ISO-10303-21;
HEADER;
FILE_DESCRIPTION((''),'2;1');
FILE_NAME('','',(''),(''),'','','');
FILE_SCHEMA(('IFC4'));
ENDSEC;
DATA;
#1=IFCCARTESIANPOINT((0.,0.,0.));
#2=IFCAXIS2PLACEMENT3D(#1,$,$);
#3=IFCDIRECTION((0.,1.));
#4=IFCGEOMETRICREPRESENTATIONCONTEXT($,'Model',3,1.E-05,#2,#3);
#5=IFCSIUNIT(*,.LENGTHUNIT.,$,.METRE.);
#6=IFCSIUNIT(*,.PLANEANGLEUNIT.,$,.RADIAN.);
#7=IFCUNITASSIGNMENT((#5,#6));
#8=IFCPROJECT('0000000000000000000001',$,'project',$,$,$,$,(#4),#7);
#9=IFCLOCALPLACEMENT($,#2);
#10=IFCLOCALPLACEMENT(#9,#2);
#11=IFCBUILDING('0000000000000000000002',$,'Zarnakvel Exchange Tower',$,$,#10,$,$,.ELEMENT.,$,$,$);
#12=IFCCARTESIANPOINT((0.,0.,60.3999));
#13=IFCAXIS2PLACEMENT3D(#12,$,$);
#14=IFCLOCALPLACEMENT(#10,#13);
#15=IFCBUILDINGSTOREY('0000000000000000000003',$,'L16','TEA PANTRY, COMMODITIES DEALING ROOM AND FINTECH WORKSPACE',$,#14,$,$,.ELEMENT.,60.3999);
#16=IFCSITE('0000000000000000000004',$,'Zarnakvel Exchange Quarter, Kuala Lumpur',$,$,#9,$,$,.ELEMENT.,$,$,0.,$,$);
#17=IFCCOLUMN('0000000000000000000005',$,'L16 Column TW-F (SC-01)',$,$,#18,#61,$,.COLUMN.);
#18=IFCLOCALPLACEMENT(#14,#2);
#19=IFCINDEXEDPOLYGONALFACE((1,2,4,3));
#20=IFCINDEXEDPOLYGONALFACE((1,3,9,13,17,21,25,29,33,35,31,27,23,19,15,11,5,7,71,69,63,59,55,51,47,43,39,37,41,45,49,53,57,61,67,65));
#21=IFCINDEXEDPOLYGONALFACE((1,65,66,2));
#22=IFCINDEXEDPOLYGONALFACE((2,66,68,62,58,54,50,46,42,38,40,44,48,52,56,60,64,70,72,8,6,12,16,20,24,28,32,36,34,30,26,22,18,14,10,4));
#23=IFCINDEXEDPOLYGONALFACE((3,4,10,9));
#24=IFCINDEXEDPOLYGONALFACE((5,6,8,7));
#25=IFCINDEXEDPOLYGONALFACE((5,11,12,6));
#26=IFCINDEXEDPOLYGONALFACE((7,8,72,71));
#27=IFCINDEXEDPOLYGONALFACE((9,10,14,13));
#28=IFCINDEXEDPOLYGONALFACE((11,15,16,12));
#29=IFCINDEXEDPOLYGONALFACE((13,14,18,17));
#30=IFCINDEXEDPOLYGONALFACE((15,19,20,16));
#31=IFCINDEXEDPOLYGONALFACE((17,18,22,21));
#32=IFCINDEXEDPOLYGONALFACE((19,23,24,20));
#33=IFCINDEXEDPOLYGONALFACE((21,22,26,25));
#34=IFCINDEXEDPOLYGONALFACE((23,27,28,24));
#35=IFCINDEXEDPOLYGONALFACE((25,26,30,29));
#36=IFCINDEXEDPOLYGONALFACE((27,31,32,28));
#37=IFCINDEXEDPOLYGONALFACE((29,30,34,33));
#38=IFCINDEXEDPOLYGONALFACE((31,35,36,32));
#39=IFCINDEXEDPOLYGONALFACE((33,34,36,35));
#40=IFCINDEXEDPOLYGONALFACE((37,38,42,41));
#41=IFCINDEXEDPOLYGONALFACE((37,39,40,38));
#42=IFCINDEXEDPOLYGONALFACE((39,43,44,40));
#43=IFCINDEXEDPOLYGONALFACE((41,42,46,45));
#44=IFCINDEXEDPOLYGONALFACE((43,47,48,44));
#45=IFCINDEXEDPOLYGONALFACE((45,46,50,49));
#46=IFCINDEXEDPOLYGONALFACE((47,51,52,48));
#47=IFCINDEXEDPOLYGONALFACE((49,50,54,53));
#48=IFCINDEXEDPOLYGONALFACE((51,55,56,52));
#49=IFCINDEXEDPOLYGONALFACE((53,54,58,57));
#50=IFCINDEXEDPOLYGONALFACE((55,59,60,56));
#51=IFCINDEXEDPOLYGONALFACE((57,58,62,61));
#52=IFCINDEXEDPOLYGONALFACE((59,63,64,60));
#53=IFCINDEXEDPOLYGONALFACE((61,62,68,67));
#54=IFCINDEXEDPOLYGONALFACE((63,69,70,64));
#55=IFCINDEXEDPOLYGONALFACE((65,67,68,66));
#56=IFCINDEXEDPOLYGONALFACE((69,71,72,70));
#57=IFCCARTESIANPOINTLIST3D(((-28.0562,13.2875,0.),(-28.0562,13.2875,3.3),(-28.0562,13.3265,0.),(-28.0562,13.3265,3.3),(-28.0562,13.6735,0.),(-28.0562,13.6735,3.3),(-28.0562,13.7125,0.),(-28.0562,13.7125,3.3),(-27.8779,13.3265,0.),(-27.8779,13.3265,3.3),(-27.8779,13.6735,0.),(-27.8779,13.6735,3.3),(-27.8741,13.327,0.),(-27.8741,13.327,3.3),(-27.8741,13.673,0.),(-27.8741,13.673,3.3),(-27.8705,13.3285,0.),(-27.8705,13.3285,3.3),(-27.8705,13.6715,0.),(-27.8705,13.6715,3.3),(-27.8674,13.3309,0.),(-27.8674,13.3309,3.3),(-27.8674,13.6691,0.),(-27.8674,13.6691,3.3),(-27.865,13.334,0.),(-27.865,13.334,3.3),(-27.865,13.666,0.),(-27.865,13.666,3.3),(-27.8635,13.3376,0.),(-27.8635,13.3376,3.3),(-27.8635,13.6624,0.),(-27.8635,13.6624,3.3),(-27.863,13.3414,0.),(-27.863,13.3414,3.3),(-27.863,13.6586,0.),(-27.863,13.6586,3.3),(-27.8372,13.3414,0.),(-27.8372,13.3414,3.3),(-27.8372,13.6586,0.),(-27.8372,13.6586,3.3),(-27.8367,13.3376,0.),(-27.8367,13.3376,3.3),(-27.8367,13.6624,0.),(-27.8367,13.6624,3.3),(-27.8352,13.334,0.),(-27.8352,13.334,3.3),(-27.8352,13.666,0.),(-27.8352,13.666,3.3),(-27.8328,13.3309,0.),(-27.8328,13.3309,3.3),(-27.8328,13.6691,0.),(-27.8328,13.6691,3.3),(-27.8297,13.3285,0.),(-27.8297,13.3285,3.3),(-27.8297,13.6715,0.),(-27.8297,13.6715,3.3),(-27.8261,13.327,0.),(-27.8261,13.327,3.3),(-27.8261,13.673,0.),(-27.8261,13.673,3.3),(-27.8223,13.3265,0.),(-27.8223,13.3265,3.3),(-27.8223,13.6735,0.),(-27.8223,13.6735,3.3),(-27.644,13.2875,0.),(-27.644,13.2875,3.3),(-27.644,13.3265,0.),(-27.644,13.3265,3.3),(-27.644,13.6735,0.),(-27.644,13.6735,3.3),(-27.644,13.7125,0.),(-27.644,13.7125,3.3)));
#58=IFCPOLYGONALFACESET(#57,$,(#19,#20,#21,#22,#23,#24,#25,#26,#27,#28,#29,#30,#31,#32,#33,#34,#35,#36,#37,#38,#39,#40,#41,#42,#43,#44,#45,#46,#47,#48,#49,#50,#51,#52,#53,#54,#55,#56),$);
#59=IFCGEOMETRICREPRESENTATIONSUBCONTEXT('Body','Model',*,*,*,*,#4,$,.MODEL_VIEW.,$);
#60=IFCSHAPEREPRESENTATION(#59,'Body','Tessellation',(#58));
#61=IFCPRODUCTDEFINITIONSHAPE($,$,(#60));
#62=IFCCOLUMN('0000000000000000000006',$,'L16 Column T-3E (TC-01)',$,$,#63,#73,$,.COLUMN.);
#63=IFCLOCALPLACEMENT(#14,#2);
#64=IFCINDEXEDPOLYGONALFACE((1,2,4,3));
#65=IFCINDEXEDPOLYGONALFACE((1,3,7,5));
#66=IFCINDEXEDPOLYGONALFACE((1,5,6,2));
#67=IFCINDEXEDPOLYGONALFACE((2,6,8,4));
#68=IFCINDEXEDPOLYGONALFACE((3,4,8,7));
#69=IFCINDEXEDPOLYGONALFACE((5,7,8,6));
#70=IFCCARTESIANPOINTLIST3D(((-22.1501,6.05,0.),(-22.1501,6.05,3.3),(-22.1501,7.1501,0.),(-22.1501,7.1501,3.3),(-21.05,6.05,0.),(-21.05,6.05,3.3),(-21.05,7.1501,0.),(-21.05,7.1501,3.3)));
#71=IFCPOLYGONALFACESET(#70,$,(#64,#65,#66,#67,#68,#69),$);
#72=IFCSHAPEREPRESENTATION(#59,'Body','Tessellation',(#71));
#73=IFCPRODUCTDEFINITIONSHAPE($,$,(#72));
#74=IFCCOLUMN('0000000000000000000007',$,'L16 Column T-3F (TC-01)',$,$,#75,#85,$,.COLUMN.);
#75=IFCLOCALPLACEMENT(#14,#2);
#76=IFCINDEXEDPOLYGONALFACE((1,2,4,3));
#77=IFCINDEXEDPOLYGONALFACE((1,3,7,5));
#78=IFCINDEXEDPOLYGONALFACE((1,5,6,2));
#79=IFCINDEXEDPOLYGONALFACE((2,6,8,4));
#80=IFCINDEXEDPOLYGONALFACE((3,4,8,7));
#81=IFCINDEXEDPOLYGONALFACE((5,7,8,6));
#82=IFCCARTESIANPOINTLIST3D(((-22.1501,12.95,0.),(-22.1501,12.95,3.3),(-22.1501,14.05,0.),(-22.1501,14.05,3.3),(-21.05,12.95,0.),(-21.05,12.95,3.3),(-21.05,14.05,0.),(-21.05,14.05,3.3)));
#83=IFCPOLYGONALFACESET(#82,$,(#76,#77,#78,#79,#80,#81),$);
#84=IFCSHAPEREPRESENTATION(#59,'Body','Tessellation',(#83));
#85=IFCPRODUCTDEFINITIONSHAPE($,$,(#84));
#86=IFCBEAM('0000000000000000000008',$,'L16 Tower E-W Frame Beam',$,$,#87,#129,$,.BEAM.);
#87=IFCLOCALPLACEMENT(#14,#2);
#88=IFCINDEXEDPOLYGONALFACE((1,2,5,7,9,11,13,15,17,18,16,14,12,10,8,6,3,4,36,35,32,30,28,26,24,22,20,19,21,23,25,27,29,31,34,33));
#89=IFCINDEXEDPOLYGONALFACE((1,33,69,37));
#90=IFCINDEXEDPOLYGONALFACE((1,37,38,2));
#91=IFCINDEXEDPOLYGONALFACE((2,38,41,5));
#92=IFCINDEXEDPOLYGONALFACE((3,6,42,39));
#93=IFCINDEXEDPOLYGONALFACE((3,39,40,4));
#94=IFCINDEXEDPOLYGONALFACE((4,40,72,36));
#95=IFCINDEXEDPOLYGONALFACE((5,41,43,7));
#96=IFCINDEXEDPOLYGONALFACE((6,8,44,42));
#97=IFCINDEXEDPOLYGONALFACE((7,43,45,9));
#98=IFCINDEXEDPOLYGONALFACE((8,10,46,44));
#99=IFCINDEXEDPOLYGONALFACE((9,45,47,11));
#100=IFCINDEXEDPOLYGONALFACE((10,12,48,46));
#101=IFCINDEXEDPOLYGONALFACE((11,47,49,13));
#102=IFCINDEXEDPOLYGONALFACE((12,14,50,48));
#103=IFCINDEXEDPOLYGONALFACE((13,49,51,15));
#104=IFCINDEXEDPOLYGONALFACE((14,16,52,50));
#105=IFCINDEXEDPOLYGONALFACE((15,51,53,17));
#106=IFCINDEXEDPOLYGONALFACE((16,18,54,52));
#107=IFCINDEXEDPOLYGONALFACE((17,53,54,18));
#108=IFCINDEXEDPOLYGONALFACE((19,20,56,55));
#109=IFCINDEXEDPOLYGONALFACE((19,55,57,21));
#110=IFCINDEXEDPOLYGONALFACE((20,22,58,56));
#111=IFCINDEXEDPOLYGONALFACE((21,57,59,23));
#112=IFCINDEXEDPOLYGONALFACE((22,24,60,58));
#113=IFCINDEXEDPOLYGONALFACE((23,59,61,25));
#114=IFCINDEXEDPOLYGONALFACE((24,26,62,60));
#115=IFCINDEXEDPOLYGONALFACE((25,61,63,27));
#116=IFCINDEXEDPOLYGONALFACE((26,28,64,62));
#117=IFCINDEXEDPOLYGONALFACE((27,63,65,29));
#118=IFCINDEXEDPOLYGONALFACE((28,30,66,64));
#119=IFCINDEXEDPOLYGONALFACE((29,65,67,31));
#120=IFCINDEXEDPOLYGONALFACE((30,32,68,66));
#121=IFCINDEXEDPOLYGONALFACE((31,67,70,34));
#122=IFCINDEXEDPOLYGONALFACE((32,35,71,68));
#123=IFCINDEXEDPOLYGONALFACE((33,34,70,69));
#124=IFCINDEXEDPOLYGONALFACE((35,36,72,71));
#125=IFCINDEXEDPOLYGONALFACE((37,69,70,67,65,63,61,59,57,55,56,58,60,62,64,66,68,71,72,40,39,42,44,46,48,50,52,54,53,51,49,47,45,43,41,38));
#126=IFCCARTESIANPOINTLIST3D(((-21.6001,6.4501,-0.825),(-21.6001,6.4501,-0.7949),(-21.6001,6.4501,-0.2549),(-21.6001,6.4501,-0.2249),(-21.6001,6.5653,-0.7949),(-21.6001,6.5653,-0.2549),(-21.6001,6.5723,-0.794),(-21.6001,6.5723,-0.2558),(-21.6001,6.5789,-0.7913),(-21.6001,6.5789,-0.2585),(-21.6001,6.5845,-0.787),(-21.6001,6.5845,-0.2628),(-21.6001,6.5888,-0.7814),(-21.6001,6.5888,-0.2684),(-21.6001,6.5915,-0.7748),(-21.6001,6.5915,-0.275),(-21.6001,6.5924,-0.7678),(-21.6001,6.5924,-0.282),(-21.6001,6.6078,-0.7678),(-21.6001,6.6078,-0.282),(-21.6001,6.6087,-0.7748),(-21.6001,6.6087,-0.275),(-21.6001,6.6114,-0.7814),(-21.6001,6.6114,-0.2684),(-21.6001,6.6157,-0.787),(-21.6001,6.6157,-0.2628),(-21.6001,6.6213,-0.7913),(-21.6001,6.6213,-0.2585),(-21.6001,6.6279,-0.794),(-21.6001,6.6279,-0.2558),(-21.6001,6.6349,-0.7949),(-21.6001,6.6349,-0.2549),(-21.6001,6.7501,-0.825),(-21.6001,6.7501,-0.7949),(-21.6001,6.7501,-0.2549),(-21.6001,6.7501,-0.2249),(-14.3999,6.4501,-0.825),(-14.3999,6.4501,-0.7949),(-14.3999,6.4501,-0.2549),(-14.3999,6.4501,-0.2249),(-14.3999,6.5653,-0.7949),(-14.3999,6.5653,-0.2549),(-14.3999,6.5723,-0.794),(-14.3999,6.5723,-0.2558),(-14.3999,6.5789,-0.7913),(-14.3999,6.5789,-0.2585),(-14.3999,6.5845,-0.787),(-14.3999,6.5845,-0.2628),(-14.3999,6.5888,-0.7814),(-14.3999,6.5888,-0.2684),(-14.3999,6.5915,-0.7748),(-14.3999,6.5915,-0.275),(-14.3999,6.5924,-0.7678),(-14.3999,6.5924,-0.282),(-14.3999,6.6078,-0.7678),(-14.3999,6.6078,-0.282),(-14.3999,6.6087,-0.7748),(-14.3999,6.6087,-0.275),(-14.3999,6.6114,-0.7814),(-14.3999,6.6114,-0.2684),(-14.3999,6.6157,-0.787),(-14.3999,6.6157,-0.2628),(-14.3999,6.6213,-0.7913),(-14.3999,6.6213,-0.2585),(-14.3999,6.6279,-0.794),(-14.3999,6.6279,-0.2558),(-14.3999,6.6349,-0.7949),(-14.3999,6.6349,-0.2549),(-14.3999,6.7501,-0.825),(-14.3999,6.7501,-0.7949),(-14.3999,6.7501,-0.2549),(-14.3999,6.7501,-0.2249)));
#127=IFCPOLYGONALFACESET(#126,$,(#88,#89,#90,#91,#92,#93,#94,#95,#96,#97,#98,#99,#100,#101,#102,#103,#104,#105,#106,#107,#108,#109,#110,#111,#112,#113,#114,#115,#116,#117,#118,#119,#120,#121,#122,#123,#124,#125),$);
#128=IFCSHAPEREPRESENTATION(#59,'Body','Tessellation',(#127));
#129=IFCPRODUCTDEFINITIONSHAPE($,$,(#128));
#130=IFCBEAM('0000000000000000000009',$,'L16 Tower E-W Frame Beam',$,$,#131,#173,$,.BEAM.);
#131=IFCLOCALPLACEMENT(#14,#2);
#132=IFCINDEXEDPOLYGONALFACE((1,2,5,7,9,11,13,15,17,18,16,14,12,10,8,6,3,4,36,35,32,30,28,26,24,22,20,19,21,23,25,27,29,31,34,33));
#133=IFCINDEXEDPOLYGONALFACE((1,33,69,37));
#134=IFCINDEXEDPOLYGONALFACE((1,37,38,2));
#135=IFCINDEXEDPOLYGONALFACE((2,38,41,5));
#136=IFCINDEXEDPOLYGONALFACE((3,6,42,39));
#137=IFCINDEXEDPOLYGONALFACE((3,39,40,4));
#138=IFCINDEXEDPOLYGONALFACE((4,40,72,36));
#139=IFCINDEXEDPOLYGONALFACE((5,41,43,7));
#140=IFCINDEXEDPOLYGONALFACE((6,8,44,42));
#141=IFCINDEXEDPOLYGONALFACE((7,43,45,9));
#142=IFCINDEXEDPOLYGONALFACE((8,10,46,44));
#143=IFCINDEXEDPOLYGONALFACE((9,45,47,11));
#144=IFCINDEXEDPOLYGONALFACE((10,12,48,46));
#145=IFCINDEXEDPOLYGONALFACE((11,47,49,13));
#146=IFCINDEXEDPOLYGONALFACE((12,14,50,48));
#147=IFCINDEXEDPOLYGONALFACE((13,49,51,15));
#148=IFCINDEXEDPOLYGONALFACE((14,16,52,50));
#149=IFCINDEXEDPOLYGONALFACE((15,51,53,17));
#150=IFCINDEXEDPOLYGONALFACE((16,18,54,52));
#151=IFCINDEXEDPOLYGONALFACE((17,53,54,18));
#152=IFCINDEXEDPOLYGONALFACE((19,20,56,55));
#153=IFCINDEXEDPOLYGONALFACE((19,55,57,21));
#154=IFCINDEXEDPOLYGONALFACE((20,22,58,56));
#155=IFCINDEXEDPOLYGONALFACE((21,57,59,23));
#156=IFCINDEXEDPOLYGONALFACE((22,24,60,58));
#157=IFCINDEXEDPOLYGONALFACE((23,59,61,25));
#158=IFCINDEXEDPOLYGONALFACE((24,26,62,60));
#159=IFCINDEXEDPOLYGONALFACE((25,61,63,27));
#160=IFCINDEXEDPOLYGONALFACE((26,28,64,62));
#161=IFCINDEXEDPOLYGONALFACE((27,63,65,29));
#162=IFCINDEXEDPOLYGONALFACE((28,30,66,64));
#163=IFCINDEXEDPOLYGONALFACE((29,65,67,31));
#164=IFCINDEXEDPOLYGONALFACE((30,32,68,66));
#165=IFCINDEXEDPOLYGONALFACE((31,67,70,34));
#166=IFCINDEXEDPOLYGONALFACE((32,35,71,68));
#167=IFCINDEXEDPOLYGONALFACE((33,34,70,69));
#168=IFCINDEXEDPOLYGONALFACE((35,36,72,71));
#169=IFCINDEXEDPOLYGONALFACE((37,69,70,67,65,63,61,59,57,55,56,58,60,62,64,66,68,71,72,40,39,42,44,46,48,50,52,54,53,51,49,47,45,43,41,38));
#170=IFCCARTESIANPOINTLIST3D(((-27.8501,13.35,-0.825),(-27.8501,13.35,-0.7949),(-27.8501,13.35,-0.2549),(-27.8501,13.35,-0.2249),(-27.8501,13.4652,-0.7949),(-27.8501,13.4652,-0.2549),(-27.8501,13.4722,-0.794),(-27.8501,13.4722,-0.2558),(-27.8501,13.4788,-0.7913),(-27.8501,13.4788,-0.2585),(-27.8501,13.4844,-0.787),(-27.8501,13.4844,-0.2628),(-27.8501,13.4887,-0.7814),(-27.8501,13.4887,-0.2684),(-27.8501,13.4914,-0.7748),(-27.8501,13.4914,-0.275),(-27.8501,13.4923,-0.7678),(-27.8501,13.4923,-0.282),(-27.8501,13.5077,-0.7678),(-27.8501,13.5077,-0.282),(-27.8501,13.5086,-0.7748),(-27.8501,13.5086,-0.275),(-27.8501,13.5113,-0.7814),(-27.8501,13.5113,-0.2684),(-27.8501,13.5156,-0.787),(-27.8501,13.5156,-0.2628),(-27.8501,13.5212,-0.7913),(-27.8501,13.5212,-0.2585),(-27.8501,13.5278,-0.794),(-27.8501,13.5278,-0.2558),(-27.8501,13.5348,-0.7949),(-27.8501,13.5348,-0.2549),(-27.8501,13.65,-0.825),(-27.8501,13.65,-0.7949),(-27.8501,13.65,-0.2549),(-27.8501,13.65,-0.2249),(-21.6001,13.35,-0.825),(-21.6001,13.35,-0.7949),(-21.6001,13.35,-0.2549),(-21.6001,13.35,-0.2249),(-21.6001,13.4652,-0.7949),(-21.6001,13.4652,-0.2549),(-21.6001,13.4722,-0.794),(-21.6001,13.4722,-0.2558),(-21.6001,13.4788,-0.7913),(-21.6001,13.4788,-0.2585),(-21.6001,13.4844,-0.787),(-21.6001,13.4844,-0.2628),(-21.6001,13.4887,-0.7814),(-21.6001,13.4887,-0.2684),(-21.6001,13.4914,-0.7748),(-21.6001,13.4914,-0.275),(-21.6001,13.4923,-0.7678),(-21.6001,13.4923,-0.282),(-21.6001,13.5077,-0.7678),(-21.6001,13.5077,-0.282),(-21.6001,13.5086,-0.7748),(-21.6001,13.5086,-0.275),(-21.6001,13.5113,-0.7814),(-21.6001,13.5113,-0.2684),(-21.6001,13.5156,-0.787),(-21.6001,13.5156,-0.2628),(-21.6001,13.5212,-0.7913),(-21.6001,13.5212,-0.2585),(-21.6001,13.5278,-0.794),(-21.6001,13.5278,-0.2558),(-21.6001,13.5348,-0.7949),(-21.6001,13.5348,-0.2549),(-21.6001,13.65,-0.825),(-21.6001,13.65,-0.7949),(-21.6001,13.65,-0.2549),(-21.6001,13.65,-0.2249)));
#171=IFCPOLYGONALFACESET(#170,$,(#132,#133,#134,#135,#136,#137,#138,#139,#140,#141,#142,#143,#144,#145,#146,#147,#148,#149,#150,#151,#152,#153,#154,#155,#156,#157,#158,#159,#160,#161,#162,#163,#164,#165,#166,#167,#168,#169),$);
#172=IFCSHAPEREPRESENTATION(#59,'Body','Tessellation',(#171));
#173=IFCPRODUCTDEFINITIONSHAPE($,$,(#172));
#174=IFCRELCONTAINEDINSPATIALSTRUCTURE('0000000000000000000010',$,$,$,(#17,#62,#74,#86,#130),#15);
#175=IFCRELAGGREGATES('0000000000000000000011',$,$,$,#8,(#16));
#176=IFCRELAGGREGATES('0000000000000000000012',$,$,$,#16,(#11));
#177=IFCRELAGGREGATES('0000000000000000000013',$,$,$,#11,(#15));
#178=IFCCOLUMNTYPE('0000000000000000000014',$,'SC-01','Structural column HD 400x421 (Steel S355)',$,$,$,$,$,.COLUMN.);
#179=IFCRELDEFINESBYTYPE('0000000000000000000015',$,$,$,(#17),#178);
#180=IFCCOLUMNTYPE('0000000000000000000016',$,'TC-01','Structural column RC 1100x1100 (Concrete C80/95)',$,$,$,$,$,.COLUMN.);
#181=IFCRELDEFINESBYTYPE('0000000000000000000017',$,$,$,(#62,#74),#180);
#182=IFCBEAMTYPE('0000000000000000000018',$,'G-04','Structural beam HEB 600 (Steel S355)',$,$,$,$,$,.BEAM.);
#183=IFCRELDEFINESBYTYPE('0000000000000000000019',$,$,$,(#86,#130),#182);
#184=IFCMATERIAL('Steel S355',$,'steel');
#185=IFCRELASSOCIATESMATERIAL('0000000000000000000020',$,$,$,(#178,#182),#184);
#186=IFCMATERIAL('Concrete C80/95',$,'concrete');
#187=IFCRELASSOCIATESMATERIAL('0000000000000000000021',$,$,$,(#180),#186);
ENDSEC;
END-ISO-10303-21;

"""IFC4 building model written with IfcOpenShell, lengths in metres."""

from ifc_helpers import new_model, si_unit, direction, frame, origin, origin_2d, place, context, subcontext, project, spatial, rectangle, i_section, extrude, material, material_profile, profile_set, type_object, element, save


model = new_model("IFC4")

# Units and contexts
model_context = context("Model", 3, precision=1e-05, world=origin(), true_north=direction((0.0, 1.0)))
body_context = subcontext(model_context, "Body", "Model", "MODEL_VIEW")
ifc_project = project(units=[si_unit("LENGTHUNIT", "METRE"), si_unit("PLANEANGLEUNIT", "RADIAN")], contexts=[model_context])

# Site, building, storey
site_placement = place(None, origin())
site = spatial("IfcSite", under=ifc_project, at=site_placement, Name="Zarnakvel Exchange Quarter, Kuala Lumpur", CompositionType="ELEMENT", RefElevation=0.0)
building_placement = place(site_placement, origin())
building = spatial("IfcBuilding", under=site, at=building_placement, Name="Zarnakvel Exchange Tower", CompositionType="ELEMENT")
storey_placement = place(building_placement, frame((0.0, 0.0, 60.3999)))
storey = spatial("IfcBuildingStorey", under=building, at=storey_placement, Name="L16", Description="TEA PANTRY, COMMODITIES DEALING ROOM AND FINTECH WORKSPACE", CompositionType="ELEMENT", Elevation=60.3999)

# Columns
ifc_material_1 = material(Name="Steel S355", Category="steel")
ifc_material_profile_1 = material_profile(ifc_material_1, i_section(OverallWidth=0.4121, OverallDepth=0.425, WebThickness=0.0259, FlangeThickness=0.0391, FilletRadius=0.0149, at=origin_2d()))
ifc_profile_set_1 = profile_set([ifc_material_profile_1], Name="Steel S355")
column_type_1 = type_object("IfcColumnType", Name="SC-01", Description="Structural column HD 400x421 (Steel S355)", PredefinedType="COLUMN", material=ifc_profile_set_1)
column_placement = place(storey_placement, frame((-27.8501, 13.5, 0.0), z_axis=(0.0, 0.0, 1.0), x_axis=(1.0, 0.0, 0.0)))
element("IfcColumn", 1, at=column_placement, inside=storey, type_object=column_type_1, Name="L16 Column TW-F (SC-01)", PredefinedType="COLUMN", context=body_context, shape_type="SweptSolid", body=[
    extrude(i_section(OverallWidth=0.4121, OverallDepth=0.425, WebThickness=0.0259, FlangeThickness=0.0391, FilletRadius=0.0149, at=origin_2d()), origin(), (0.0, 0.0, 1.0), 3.3),
])
ifc_material_2 = material(Name="Concrete C80/95", Category="concrete")
ifc_material_profile_2 = material_profile(ifc_material_2, rectangle(XDim=1.1001, YDim=1.1001, at=origin_2d()))
ifc_profile_set_2 = profile_set([ifc_material_profile_2], Name="Concrete C80/95")
column_type_2 = type_object("IfcColumnType", Name="TC-01", Description="Structural column RC 1100x1100 (Concrete C80/95)", PredefinedType="COLUMN", material=ifc_profile_set_2)
for number, where, z_axis, x_axis, name in (
    (2, (-21.6001, 6.6001, 0.0), (0.0, 0.0, 1.0), (1.0, 0.0, 0.0), "L16 Column T-3E (TC-01)"),
    (3, (-21.6001, 13.5, 0.0), (0.0, 0.0, 1.0), (1.0, 0.0, 0.0), "L16 Column T-3F (TC-01)"),
):
    element("IfcColumn", number, at=place(storey_placement, frame(where, z_axis=z_axis, x_axis=x_axis)), inside=storey, type_object=column_type_2, Name=name, PredefinedType="COLUMN", context=body_context, shape_type="SweptSolid", body=[
        extrude(rectangle(XDim=1.1001, YDim=1.1001, at=origin_2d()), origin(), (0.0, 0.0, 1.0), 3.3),
    ])

# Beams
ifc_material_profile_3 = material_profile(ifc_material_1, i_section(OverallWidth=0.3, OverallDepth=0.6001, WebThickness=0.0154, FlangeThickness=0.03, FilletRadius=0.0271, at=origin_2d()))
ifc_profile_set_3 = profile_set([ifc_material_profile_3], Name="Steel S355")
beam_type = type_object("IfcBeamType", Name="G-04", Description="Structural beam HEB 600 (Steel S355)", PredefinedType="BEAM", material=ifc_profile_set_3)
beam_1_placement = place(storey_placement, frame((-21.6001, 6.6001, -0.5249), z_axis=(1.0, 0.0, 0.0), x_axis=(0.0, 1.0, 0.0)))
element("IfcBeam", 4, at=beam_1_placement, inside=storey, type_object=beam_type, Name="L16 Tower E-W Frame Beam", PredefinedType="BEAM", context=body_context, shape_type="SweptSolid", body=[
    extrude(i_section(OverallWidth=0.3, OverallDepth=0.6001, WebThickness=0.0154, FlangeThickness=0.03, FilletRadius=0.0271, at=origin_2d()), origin(), (0.0, 0.0, 1.0), 7.2002),
])
beam_2_placement = place(storey_placement, frame((-27.8501, 13.5, -0.5249), z_axis=(1.0, 0.0, 0.0), x_axis=(0.0, 1.0, 0.0)))
element("IfcBeam", 5, at=beam_2_placement, inside=storey, type_object=beam_type, Name="L16 Tower E-W Frame Beam", PredefinedType="BEAM", context=body_context, shape_type="SweptSolid", body=[
    extrude(i_section(OverallWidth=0.3, OverallDepth=0.6001, WebThickness=0.0154, FlangeThickness=0.03, FilletRadius=0.0271, at=origin_2d()), origin(), (0.0, 0.0, 1.0), 6.25),
])

save(model, "model.ifc")
